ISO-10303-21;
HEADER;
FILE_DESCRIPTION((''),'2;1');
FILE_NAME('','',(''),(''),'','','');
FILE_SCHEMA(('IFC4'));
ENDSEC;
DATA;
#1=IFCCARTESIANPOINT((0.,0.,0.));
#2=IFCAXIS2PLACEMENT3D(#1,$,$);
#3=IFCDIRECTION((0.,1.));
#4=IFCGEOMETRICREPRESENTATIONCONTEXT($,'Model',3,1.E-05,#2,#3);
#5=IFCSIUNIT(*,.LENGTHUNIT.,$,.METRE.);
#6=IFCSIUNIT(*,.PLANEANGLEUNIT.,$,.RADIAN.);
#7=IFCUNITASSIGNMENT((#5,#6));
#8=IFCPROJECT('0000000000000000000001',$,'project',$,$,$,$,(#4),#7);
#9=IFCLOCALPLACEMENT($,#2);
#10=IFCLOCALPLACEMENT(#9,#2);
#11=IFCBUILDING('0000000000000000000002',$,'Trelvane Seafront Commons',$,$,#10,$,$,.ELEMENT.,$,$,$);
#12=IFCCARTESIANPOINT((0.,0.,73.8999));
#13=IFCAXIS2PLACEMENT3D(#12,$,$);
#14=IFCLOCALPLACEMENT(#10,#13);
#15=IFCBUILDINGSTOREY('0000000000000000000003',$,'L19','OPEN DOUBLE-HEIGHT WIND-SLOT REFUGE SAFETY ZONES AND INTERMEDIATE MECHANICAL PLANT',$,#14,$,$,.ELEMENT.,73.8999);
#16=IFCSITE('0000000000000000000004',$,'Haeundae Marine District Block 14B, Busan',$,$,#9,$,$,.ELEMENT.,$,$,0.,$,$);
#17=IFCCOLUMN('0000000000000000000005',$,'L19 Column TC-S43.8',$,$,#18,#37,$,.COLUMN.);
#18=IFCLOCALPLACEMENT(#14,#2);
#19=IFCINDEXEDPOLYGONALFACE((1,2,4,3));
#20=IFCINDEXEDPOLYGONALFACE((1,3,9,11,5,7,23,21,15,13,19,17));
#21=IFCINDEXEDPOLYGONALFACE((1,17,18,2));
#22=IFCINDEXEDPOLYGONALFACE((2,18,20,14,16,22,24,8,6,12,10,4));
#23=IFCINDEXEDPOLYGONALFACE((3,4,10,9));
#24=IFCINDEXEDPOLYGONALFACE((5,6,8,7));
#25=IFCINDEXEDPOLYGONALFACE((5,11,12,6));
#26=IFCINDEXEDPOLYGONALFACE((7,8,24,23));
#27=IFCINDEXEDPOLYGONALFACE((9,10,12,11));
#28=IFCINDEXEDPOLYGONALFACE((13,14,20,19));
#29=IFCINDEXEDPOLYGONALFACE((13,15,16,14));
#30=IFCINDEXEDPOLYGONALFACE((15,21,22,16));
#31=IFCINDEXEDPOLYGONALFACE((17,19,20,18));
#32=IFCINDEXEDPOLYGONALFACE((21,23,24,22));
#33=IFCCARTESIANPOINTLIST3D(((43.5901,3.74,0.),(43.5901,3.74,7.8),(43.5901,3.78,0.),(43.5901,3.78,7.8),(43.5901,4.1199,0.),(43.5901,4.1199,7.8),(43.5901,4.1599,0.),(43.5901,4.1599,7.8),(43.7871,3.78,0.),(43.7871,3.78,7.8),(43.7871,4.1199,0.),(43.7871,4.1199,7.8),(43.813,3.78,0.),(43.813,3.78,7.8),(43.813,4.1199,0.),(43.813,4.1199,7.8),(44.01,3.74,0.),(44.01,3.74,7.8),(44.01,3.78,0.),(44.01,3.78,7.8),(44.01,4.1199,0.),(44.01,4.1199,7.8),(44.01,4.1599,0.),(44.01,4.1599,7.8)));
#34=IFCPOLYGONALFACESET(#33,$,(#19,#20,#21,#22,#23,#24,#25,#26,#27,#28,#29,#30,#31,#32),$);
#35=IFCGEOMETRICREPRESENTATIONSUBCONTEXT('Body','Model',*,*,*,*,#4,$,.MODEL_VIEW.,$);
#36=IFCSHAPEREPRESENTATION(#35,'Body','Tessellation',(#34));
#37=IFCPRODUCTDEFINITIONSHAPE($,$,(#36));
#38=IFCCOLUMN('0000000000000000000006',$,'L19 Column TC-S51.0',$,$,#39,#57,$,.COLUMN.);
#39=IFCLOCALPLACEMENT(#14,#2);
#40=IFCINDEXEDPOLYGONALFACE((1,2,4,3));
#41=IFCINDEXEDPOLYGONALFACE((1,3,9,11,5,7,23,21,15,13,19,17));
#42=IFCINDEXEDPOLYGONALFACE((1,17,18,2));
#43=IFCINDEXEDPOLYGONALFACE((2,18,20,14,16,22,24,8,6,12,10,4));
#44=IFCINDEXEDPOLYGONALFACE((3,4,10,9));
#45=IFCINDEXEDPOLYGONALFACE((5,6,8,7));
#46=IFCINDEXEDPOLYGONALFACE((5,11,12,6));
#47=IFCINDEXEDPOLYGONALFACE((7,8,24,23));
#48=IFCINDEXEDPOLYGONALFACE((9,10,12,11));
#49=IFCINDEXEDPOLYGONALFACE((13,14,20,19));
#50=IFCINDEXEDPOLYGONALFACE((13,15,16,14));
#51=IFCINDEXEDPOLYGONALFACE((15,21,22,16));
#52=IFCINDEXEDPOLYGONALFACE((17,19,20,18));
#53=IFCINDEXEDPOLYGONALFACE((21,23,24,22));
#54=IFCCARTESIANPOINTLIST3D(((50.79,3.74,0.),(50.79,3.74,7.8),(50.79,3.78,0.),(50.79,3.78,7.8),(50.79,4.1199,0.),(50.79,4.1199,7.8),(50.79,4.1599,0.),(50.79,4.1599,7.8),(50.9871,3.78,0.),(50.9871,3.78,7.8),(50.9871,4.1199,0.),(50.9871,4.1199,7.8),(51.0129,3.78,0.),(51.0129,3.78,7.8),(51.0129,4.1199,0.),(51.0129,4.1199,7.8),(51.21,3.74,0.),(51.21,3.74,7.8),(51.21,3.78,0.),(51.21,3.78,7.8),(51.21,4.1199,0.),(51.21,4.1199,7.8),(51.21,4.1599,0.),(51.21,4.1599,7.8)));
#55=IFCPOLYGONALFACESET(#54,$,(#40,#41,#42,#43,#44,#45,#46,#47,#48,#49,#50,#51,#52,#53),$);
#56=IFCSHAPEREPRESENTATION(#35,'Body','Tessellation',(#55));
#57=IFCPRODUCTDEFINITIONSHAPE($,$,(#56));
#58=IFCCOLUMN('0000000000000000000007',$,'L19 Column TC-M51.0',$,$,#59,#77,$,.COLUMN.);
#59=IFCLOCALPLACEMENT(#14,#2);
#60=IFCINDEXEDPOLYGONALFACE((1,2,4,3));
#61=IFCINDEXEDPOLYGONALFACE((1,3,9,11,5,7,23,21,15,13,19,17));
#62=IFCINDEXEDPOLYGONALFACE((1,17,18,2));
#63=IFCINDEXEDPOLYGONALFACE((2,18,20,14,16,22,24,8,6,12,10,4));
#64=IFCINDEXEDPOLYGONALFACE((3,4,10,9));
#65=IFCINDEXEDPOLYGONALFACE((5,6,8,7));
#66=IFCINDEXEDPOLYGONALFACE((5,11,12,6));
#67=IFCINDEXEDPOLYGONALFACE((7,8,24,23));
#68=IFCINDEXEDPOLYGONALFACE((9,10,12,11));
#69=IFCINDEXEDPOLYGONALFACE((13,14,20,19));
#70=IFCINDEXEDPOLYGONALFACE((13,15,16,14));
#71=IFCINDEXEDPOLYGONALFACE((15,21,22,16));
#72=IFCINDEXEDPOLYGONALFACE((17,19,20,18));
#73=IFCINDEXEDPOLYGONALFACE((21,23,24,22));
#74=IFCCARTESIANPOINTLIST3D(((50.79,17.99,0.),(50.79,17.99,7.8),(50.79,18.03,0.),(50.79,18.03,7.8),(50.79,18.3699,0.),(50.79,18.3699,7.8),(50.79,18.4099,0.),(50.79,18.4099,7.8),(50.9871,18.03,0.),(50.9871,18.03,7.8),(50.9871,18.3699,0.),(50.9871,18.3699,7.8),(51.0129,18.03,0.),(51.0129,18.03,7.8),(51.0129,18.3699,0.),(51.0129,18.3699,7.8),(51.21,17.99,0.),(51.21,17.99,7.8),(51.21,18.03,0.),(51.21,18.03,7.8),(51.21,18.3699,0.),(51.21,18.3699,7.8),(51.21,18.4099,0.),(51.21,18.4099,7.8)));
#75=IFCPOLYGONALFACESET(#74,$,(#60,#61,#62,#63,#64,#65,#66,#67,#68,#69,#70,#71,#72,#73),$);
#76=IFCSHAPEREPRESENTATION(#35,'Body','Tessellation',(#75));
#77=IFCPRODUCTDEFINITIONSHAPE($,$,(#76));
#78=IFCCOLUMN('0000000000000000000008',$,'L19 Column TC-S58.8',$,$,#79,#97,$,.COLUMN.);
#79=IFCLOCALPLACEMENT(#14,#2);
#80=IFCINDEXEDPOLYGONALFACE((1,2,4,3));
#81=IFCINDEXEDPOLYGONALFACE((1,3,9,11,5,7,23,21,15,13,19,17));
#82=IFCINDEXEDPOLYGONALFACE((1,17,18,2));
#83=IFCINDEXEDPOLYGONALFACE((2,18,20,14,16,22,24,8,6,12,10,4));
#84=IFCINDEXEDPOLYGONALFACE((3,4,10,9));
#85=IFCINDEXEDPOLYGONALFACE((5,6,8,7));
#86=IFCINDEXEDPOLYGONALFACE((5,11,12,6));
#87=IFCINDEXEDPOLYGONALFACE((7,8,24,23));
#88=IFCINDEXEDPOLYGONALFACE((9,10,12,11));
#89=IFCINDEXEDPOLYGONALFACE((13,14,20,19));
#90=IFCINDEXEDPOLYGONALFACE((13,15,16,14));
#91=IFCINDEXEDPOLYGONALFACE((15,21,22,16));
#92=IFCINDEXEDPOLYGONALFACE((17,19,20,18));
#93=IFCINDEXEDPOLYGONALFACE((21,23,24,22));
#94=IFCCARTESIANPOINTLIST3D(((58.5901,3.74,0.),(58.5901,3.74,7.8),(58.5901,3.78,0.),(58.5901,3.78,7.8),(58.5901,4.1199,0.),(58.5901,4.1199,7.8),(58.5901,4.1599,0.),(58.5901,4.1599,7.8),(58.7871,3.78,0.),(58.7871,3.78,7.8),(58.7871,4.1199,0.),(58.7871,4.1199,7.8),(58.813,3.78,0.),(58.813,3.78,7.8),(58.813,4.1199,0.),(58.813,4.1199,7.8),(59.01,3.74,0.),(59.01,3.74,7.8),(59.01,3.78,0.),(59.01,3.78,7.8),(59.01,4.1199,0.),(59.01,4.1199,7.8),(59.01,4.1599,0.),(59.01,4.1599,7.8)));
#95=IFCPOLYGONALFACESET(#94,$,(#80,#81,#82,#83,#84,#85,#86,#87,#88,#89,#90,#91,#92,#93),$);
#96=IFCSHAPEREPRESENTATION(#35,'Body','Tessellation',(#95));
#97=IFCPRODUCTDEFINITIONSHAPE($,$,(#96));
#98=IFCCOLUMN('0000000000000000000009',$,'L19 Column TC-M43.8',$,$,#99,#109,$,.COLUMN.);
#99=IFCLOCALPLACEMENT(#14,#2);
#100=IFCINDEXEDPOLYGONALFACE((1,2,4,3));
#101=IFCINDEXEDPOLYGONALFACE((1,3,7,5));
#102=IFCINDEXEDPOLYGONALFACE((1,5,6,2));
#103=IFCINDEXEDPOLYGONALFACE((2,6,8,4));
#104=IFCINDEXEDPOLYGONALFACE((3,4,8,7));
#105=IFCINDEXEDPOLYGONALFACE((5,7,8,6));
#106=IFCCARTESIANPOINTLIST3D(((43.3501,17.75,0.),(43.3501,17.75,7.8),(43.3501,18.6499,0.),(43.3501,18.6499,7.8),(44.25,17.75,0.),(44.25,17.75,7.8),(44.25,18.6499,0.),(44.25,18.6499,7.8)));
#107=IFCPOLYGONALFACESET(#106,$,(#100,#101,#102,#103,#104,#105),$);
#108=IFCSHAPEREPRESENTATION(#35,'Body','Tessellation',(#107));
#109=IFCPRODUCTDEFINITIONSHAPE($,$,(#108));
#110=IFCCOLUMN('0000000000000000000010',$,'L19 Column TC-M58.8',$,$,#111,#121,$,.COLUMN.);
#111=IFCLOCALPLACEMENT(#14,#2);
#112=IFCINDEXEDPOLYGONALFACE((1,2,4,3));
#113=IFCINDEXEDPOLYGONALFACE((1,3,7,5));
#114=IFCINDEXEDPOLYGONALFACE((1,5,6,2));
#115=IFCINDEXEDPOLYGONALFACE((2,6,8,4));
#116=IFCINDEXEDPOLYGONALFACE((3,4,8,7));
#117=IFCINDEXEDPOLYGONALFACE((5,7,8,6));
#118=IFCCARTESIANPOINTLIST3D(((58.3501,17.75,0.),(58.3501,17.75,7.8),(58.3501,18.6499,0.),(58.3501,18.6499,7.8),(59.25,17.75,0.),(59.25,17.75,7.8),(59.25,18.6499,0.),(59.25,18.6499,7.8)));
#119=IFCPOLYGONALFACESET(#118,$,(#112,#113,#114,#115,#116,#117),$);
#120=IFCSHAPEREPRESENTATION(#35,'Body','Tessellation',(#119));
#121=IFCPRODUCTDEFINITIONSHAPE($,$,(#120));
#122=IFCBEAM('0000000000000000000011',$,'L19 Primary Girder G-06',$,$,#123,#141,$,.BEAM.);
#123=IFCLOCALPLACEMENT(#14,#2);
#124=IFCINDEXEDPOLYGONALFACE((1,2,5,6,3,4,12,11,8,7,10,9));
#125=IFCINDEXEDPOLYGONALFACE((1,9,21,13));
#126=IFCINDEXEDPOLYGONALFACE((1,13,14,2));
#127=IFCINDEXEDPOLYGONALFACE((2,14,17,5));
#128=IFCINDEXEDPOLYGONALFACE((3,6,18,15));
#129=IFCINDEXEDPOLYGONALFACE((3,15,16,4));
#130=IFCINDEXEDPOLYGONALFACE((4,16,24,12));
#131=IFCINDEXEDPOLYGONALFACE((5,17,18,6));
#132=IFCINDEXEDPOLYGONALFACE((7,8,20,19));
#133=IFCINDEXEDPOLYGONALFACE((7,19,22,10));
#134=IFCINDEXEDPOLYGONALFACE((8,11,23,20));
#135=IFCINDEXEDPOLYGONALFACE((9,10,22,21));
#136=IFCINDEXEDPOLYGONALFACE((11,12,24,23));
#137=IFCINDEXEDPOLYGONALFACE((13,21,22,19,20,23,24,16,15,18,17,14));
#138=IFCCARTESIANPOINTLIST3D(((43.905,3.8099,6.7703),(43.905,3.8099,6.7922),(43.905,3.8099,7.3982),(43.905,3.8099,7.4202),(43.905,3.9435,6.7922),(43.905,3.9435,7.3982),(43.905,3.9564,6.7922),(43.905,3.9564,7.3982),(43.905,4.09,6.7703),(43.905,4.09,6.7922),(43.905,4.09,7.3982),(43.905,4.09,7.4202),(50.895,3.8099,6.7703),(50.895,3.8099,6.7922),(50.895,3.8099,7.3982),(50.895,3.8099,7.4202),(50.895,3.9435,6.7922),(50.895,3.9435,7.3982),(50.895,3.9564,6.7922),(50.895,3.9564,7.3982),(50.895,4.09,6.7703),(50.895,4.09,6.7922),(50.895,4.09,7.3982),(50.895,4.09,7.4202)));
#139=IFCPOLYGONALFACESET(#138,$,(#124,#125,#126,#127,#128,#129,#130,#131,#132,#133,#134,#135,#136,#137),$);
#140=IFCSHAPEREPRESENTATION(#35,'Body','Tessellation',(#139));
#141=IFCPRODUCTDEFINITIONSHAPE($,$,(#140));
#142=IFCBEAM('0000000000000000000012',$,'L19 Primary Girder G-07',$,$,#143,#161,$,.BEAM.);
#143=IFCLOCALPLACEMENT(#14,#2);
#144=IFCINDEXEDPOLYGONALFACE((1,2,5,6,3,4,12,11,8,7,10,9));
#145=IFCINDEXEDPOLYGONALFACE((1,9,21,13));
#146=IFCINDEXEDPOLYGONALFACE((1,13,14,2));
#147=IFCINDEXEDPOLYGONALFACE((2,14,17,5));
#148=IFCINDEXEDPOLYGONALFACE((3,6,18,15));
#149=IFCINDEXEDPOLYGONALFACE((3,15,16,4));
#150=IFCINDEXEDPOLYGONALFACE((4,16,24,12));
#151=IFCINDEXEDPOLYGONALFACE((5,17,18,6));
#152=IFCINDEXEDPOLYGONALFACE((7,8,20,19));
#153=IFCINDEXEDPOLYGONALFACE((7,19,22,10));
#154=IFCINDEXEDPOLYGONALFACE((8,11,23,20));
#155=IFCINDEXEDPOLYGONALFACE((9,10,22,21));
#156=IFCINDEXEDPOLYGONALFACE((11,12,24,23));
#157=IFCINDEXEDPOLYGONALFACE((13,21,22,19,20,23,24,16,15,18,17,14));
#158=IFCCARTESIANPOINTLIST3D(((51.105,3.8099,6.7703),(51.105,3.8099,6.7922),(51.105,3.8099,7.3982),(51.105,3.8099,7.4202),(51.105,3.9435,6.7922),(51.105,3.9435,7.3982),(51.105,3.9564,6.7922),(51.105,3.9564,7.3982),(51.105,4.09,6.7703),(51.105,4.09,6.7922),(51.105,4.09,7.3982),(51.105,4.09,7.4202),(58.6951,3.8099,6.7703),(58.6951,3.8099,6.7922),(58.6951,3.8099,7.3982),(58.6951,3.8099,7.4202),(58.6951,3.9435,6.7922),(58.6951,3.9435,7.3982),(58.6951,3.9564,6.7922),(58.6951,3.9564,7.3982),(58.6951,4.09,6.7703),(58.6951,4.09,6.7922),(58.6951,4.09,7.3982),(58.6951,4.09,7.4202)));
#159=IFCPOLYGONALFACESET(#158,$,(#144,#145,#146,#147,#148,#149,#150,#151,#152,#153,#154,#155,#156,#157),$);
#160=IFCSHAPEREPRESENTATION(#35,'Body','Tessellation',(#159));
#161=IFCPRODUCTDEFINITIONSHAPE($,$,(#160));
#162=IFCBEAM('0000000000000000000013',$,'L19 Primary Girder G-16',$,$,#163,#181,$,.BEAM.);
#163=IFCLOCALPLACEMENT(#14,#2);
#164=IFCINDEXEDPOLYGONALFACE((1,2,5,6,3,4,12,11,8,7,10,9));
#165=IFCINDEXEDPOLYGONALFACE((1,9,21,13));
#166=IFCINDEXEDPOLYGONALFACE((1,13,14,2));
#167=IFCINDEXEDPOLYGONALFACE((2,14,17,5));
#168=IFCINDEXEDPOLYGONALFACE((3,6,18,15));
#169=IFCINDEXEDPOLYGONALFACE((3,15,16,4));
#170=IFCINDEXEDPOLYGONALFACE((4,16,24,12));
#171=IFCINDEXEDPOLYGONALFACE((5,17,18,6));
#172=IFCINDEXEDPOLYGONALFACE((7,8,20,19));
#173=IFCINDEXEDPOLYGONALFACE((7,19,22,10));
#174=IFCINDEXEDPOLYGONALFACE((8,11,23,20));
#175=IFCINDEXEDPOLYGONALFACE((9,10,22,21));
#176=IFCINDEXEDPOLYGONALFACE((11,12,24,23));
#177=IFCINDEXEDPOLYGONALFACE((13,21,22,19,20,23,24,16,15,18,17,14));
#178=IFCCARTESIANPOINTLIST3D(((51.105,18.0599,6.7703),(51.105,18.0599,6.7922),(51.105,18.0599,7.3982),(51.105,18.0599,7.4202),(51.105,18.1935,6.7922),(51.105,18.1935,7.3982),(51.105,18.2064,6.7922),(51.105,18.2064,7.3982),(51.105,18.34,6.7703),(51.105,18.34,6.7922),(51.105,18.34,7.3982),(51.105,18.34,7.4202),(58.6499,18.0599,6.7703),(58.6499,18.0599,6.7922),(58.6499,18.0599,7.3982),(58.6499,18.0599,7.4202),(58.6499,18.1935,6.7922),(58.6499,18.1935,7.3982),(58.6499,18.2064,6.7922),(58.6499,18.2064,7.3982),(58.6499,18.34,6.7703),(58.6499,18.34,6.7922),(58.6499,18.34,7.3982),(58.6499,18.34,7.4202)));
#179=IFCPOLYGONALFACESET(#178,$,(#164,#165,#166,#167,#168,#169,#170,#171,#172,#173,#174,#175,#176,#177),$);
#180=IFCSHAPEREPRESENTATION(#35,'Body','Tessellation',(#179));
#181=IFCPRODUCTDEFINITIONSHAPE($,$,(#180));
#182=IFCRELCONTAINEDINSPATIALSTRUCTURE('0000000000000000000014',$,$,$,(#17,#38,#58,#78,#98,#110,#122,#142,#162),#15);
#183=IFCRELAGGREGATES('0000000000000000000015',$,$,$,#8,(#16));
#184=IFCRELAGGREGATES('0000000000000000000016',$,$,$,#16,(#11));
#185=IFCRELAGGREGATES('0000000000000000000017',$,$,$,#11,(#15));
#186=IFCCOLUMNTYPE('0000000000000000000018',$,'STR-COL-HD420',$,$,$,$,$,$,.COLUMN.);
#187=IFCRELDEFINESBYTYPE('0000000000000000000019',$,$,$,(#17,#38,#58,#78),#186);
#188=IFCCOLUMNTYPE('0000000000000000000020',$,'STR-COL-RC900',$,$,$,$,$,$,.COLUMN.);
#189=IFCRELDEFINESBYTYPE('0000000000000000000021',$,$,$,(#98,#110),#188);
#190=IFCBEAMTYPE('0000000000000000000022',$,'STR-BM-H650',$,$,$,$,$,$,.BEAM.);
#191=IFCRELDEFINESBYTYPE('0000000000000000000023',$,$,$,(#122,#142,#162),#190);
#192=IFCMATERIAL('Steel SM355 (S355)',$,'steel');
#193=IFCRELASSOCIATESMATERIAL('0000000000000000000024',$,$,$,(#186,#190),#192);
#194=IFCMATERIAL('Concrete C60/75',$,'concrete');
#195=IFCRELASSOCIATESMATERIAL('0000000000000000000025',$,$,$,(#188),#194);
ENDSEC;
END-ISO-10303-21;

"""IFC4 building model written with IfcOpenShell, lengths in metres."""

from ifc_helpers import new_model, si_unit, direction, frame, origin, origin_2d, place, context, subcontext, project, spatial, rectangle, i_section, extrude, source, transform, mapped, material, material_profile, profile_set, type_object, element, save


model = new_model("IFC4")

# Units and contexts
model_context = context("Model", 3, precision=1e-05, world=origin(), true_north=direction((0.0, 1.0)))
body_context = subcontext(model_context, "Body", "Model", "MODEL_VIEW")
ifc_project = project(units=[si_unit("LENGTHUNIT", "METRE"), si_unit("PLANEANGLEUNIT", "RADIAN")], contexts=[model_context])

# Site, building, storey
site_placement = place(None, origin())
site = spatial("IfcSite", under=ifc_project, at=site_placement, Name="Haeundae Marine District Block 14B, Busan", CompositionType="ELEMENT", RefElevation=0.0)
building_placement = place(site_placement, origin())
building = spatial("IfcBuilding", under=site, at=building_placement, Name="Trelvane Seafront Commons", CompositionType="ELEMENT")
storey_placement = place(building_placement, frame((0.0, 0.0, 73.8999)))
storey = spatial("IfcBuildingStorey", under=building, at=storey_placement, Name="L19", Description="OPEN DOUBLE-HEIGHT WIND-SLOT REFUGE SAFETY ZONES AND INTERMEDIATE MECHANICAL PLANT", CompositionType="ELEMENT", Elevation=73.8999)

# Columns
ifc_material_1 = material(Name="Steel SM355 (S355)", Category="steel")
ifc_material_profile_1 = material_profile(ifc_material_1, i_section(OverallWidth=0.4199, OverallDepth=0.4199, WebThickness=0.0259, FlangeThickness=0.04, at=origin_2d()), Name="HD-420x420x26x40")
ifc_profile_set_1 = profile_set([ifc_material_profile_1], Name="Steel SM355 (S355)")
column_type_1 = type_object("IfcColumnType", Name="STR-COL-HD420", PredefinedType="COLUMN", material=ifc_profile_set_1)
shared_shape_1 = source(origin(), body_context, "Body", "SweptSolid", [
    extrude(i_section(OverallWidth=0.4199, OverallDepth=0.4199, WebThickness=0.0259, FlangeThickness=0.04, at=origin_2d()), origin(), (0.0, 0.0, 1.0), 7.8),
])
for number, where, z_axis, x_axis, name in (
    (1, (43.8, 3.95, 0.0), (0.0, 0.0, 1.0), (1.0, 0.0, 0.0), "L19 Column TC-S43.8"),
    (2, (51.0, 3.95, 0.0), (0.0, 0.0, 1.0), (1.0, 0.0, 0.0), "L19 Column TC-S51.0"),
    (3, (51.0, 18.2, 0.0), (0.0, 0.0, 1.0), (1.0, 0.0, 0.0), "L19 Column TC-M51.0"),
    (4, (58.8, 3.95, 0.0), (0.0, 0.0, 1.0), (1.0, 0.0, 0.0), "L19 Column TC-S58.8"),
):
    element("IfcColumn", number, at=place(storey_placement, frame(where, z_axis=z_axis, x_axis=x_axis)), inside=storey, type_object=column_type_1, Name=name, PredefinedType="COLUMN", context=body_context, shape_type="MappedRepresentation", body=[
        mapped(shared_shape_1, transform((0.0, 0.0, 0.0), x_axis=(1.0, 0.0, 0.0), y_axis=(0.0, 1.0, 0.0), z_axis=(0.0, 0.0, 1.0), scale=1.0)),
    ])
ifc_material_2 = material(Name="Concrete C60/75", Category="concrete")
ifc_material_profile_2 = material_profile(ifc_material_2, rectangle(XDim=0.8999, YDim=0.8999, at=origin_2d()), Name="RC-900x900")
ifc_profile_set_2 = profile_set([ifc_material_profile_2], Name="Concrete C60/75")
column_type_2 = type_object("IfcColumnType", Name="STR-COL-RC900", PredefinedType="COLUMN", material=ifc_profile_set_2)
shared_shape_2 = source(origin(), body_context, "Body", "SweptSolid", [
    extrude(rectangle(XDim=0.8999, YDim=0.8999, at=origin_2d()), origin(), (0.0, 0.0, 1.0), 7.8),
])
for number, where, z_axis, x_axis, name in (
    (5, (43.8, 18.2, 0.0), (0.0, 0.0, 1.0), (1.0, 0.0, 0.0), "L19 Column TC-M43.8"),
    (6, (58.8, 18.2, 0.0), (0.0, 0.0, 1.0), (1.0, 0.0, 0.0), "L19 Column TC-M58.8"),
):
    element("IfcColumn", number, at=place(storey_placement, frame(where, z_axis=z_axis, x_axis=x_axis)), inside=storey, type_object=column_type_2, Name=name, PredefinedType="COLUMN", context=body_context, shape_type="MappedRepresentation", body=[
        mapped(shared_shape_2, transform((0.0, 0.0, 0.0), x_axis=(1.0, 0.0, 0.0), y_axis=(0.0, 1.0, 0.0), z_axis=(0.0, 0.0, 1.0), scale=1.0)),
    ])

# Beams
ifc_material_profile_3 = material_profile(ifc_material_1, i_section(OverallWidth=0.28, OverallDepth=0.6499, WebThickness=0.0129, FlangeThickness=0.022, at=origin_2d()), Name="H-650x280x13x22")
ifc_profile_set_3 = profile_set([ifc_material_profile_3], Name="Steel SM355 (S355)")
beam_type_1 = type_object("IfcBeamType", Name="STR-BM-H650", PredefinedType="BEAM", material=ifc_profile_set_3)
shared_shape_3 = source(origin(), body_context, "Body", "SweptSolid", [
    extrude(i_section(OverallWidth=0.28, OverallDepth=0.6499, WebThickness=0.0129, FlangeThickness=0.022, at=origin_2d()), origin(), (0.0, 0.0, 1.0), 6.99),
])
beam_1_placement = place(storey_placement, frame((43.905, 3.95, 7.0952), z_axis=(1.0, 0.0, 0.0), x_axis=(0.0, 1.0, 0.0)))
element("IfcBeam", 7, at=beam_1_placement, inside=storey, type_object=beam_type_1, Name="L19 Primary Girder G-06", PredefinedType="BEAM", context=body_context, shape_type="MappedRepresentation", body=[
    mapped(shared_shape_3, transform((0.0, 0.0, 0.0), x_axis=(1.0, 0.0, 0.0), y_axis=(0.0, 1.0, 0.0), z_axis=(0.0, 0.0, 1.0), scale=1.0)),
])
shared_shape_4 = source(origin(), body_context, "Body", "SweptSolid", [
    extrude(i_section(OverallWidth=0.28, OverallDepth=0.6499, WebThickness=0.0129, FlangeThickness=0.022, at=origin_2d()), origin(), (0.0, 0.0, 1.0), 7.5901),
])
beam_2_placement = place(storey_placement, frame((51.105, 3.95, 7.0952), z_axis=(1.0, 0.0, 0.0), x_axis=(0.0, 1.0, 0.0)))
element("IfcBeam", 8, at=beam_2_placement, inside=storey, type_object=beam_type_1, Name="L19 Primary Girder G-07", PredefinedType="BEAM", context=body_context, shape_type="MappedRepresentation", body=[
    mapped(shared_shape_4, transform((0.0, 0.0, 0.0), x_axis=(1.0, 0.0, 0.0), y_axis=(0.0, 1.0, 0.0), z_axis=(0.0, 0.0, 1.0), scale=1.0)),
])
shared_shape_5 = source(origin(), body_context, "Body", "SweptSolid", [
    extrude(i_section(OverallWidth=0.28, OverallDepth=0.6499, WebThickness=0.0129, FlangeThickness=0.022, at=origin_2d()), origin(), (0.0, 0.0, 1.0), 7.5449),
])
beam_3_placement = place(storey_placement, frame((51.105, 18.2, 7.0952), z_axis=(1.0, 0.0, 0.0), x_axis=(0.0, 1.0, 0.0)))
element("IfcBeam", 9, at=beam_3_placement, inside=storey, type_object=beam_type_1, Name="L19 Primary Girder G-16", PredefinedType="BEAM", context=body_context, shape_type="MappedRepresentation", body=[
    mapped(shared_shape_5, transform((0.0, 0.0, 0.0), x_axis=(1.0, 0.0, 0.0), y_axis=(0.0, 1.0, 0.0), z_axis=(0.0, 0.0, 1.0), scale=1.0)),
])

save(model, "model.ifc")
